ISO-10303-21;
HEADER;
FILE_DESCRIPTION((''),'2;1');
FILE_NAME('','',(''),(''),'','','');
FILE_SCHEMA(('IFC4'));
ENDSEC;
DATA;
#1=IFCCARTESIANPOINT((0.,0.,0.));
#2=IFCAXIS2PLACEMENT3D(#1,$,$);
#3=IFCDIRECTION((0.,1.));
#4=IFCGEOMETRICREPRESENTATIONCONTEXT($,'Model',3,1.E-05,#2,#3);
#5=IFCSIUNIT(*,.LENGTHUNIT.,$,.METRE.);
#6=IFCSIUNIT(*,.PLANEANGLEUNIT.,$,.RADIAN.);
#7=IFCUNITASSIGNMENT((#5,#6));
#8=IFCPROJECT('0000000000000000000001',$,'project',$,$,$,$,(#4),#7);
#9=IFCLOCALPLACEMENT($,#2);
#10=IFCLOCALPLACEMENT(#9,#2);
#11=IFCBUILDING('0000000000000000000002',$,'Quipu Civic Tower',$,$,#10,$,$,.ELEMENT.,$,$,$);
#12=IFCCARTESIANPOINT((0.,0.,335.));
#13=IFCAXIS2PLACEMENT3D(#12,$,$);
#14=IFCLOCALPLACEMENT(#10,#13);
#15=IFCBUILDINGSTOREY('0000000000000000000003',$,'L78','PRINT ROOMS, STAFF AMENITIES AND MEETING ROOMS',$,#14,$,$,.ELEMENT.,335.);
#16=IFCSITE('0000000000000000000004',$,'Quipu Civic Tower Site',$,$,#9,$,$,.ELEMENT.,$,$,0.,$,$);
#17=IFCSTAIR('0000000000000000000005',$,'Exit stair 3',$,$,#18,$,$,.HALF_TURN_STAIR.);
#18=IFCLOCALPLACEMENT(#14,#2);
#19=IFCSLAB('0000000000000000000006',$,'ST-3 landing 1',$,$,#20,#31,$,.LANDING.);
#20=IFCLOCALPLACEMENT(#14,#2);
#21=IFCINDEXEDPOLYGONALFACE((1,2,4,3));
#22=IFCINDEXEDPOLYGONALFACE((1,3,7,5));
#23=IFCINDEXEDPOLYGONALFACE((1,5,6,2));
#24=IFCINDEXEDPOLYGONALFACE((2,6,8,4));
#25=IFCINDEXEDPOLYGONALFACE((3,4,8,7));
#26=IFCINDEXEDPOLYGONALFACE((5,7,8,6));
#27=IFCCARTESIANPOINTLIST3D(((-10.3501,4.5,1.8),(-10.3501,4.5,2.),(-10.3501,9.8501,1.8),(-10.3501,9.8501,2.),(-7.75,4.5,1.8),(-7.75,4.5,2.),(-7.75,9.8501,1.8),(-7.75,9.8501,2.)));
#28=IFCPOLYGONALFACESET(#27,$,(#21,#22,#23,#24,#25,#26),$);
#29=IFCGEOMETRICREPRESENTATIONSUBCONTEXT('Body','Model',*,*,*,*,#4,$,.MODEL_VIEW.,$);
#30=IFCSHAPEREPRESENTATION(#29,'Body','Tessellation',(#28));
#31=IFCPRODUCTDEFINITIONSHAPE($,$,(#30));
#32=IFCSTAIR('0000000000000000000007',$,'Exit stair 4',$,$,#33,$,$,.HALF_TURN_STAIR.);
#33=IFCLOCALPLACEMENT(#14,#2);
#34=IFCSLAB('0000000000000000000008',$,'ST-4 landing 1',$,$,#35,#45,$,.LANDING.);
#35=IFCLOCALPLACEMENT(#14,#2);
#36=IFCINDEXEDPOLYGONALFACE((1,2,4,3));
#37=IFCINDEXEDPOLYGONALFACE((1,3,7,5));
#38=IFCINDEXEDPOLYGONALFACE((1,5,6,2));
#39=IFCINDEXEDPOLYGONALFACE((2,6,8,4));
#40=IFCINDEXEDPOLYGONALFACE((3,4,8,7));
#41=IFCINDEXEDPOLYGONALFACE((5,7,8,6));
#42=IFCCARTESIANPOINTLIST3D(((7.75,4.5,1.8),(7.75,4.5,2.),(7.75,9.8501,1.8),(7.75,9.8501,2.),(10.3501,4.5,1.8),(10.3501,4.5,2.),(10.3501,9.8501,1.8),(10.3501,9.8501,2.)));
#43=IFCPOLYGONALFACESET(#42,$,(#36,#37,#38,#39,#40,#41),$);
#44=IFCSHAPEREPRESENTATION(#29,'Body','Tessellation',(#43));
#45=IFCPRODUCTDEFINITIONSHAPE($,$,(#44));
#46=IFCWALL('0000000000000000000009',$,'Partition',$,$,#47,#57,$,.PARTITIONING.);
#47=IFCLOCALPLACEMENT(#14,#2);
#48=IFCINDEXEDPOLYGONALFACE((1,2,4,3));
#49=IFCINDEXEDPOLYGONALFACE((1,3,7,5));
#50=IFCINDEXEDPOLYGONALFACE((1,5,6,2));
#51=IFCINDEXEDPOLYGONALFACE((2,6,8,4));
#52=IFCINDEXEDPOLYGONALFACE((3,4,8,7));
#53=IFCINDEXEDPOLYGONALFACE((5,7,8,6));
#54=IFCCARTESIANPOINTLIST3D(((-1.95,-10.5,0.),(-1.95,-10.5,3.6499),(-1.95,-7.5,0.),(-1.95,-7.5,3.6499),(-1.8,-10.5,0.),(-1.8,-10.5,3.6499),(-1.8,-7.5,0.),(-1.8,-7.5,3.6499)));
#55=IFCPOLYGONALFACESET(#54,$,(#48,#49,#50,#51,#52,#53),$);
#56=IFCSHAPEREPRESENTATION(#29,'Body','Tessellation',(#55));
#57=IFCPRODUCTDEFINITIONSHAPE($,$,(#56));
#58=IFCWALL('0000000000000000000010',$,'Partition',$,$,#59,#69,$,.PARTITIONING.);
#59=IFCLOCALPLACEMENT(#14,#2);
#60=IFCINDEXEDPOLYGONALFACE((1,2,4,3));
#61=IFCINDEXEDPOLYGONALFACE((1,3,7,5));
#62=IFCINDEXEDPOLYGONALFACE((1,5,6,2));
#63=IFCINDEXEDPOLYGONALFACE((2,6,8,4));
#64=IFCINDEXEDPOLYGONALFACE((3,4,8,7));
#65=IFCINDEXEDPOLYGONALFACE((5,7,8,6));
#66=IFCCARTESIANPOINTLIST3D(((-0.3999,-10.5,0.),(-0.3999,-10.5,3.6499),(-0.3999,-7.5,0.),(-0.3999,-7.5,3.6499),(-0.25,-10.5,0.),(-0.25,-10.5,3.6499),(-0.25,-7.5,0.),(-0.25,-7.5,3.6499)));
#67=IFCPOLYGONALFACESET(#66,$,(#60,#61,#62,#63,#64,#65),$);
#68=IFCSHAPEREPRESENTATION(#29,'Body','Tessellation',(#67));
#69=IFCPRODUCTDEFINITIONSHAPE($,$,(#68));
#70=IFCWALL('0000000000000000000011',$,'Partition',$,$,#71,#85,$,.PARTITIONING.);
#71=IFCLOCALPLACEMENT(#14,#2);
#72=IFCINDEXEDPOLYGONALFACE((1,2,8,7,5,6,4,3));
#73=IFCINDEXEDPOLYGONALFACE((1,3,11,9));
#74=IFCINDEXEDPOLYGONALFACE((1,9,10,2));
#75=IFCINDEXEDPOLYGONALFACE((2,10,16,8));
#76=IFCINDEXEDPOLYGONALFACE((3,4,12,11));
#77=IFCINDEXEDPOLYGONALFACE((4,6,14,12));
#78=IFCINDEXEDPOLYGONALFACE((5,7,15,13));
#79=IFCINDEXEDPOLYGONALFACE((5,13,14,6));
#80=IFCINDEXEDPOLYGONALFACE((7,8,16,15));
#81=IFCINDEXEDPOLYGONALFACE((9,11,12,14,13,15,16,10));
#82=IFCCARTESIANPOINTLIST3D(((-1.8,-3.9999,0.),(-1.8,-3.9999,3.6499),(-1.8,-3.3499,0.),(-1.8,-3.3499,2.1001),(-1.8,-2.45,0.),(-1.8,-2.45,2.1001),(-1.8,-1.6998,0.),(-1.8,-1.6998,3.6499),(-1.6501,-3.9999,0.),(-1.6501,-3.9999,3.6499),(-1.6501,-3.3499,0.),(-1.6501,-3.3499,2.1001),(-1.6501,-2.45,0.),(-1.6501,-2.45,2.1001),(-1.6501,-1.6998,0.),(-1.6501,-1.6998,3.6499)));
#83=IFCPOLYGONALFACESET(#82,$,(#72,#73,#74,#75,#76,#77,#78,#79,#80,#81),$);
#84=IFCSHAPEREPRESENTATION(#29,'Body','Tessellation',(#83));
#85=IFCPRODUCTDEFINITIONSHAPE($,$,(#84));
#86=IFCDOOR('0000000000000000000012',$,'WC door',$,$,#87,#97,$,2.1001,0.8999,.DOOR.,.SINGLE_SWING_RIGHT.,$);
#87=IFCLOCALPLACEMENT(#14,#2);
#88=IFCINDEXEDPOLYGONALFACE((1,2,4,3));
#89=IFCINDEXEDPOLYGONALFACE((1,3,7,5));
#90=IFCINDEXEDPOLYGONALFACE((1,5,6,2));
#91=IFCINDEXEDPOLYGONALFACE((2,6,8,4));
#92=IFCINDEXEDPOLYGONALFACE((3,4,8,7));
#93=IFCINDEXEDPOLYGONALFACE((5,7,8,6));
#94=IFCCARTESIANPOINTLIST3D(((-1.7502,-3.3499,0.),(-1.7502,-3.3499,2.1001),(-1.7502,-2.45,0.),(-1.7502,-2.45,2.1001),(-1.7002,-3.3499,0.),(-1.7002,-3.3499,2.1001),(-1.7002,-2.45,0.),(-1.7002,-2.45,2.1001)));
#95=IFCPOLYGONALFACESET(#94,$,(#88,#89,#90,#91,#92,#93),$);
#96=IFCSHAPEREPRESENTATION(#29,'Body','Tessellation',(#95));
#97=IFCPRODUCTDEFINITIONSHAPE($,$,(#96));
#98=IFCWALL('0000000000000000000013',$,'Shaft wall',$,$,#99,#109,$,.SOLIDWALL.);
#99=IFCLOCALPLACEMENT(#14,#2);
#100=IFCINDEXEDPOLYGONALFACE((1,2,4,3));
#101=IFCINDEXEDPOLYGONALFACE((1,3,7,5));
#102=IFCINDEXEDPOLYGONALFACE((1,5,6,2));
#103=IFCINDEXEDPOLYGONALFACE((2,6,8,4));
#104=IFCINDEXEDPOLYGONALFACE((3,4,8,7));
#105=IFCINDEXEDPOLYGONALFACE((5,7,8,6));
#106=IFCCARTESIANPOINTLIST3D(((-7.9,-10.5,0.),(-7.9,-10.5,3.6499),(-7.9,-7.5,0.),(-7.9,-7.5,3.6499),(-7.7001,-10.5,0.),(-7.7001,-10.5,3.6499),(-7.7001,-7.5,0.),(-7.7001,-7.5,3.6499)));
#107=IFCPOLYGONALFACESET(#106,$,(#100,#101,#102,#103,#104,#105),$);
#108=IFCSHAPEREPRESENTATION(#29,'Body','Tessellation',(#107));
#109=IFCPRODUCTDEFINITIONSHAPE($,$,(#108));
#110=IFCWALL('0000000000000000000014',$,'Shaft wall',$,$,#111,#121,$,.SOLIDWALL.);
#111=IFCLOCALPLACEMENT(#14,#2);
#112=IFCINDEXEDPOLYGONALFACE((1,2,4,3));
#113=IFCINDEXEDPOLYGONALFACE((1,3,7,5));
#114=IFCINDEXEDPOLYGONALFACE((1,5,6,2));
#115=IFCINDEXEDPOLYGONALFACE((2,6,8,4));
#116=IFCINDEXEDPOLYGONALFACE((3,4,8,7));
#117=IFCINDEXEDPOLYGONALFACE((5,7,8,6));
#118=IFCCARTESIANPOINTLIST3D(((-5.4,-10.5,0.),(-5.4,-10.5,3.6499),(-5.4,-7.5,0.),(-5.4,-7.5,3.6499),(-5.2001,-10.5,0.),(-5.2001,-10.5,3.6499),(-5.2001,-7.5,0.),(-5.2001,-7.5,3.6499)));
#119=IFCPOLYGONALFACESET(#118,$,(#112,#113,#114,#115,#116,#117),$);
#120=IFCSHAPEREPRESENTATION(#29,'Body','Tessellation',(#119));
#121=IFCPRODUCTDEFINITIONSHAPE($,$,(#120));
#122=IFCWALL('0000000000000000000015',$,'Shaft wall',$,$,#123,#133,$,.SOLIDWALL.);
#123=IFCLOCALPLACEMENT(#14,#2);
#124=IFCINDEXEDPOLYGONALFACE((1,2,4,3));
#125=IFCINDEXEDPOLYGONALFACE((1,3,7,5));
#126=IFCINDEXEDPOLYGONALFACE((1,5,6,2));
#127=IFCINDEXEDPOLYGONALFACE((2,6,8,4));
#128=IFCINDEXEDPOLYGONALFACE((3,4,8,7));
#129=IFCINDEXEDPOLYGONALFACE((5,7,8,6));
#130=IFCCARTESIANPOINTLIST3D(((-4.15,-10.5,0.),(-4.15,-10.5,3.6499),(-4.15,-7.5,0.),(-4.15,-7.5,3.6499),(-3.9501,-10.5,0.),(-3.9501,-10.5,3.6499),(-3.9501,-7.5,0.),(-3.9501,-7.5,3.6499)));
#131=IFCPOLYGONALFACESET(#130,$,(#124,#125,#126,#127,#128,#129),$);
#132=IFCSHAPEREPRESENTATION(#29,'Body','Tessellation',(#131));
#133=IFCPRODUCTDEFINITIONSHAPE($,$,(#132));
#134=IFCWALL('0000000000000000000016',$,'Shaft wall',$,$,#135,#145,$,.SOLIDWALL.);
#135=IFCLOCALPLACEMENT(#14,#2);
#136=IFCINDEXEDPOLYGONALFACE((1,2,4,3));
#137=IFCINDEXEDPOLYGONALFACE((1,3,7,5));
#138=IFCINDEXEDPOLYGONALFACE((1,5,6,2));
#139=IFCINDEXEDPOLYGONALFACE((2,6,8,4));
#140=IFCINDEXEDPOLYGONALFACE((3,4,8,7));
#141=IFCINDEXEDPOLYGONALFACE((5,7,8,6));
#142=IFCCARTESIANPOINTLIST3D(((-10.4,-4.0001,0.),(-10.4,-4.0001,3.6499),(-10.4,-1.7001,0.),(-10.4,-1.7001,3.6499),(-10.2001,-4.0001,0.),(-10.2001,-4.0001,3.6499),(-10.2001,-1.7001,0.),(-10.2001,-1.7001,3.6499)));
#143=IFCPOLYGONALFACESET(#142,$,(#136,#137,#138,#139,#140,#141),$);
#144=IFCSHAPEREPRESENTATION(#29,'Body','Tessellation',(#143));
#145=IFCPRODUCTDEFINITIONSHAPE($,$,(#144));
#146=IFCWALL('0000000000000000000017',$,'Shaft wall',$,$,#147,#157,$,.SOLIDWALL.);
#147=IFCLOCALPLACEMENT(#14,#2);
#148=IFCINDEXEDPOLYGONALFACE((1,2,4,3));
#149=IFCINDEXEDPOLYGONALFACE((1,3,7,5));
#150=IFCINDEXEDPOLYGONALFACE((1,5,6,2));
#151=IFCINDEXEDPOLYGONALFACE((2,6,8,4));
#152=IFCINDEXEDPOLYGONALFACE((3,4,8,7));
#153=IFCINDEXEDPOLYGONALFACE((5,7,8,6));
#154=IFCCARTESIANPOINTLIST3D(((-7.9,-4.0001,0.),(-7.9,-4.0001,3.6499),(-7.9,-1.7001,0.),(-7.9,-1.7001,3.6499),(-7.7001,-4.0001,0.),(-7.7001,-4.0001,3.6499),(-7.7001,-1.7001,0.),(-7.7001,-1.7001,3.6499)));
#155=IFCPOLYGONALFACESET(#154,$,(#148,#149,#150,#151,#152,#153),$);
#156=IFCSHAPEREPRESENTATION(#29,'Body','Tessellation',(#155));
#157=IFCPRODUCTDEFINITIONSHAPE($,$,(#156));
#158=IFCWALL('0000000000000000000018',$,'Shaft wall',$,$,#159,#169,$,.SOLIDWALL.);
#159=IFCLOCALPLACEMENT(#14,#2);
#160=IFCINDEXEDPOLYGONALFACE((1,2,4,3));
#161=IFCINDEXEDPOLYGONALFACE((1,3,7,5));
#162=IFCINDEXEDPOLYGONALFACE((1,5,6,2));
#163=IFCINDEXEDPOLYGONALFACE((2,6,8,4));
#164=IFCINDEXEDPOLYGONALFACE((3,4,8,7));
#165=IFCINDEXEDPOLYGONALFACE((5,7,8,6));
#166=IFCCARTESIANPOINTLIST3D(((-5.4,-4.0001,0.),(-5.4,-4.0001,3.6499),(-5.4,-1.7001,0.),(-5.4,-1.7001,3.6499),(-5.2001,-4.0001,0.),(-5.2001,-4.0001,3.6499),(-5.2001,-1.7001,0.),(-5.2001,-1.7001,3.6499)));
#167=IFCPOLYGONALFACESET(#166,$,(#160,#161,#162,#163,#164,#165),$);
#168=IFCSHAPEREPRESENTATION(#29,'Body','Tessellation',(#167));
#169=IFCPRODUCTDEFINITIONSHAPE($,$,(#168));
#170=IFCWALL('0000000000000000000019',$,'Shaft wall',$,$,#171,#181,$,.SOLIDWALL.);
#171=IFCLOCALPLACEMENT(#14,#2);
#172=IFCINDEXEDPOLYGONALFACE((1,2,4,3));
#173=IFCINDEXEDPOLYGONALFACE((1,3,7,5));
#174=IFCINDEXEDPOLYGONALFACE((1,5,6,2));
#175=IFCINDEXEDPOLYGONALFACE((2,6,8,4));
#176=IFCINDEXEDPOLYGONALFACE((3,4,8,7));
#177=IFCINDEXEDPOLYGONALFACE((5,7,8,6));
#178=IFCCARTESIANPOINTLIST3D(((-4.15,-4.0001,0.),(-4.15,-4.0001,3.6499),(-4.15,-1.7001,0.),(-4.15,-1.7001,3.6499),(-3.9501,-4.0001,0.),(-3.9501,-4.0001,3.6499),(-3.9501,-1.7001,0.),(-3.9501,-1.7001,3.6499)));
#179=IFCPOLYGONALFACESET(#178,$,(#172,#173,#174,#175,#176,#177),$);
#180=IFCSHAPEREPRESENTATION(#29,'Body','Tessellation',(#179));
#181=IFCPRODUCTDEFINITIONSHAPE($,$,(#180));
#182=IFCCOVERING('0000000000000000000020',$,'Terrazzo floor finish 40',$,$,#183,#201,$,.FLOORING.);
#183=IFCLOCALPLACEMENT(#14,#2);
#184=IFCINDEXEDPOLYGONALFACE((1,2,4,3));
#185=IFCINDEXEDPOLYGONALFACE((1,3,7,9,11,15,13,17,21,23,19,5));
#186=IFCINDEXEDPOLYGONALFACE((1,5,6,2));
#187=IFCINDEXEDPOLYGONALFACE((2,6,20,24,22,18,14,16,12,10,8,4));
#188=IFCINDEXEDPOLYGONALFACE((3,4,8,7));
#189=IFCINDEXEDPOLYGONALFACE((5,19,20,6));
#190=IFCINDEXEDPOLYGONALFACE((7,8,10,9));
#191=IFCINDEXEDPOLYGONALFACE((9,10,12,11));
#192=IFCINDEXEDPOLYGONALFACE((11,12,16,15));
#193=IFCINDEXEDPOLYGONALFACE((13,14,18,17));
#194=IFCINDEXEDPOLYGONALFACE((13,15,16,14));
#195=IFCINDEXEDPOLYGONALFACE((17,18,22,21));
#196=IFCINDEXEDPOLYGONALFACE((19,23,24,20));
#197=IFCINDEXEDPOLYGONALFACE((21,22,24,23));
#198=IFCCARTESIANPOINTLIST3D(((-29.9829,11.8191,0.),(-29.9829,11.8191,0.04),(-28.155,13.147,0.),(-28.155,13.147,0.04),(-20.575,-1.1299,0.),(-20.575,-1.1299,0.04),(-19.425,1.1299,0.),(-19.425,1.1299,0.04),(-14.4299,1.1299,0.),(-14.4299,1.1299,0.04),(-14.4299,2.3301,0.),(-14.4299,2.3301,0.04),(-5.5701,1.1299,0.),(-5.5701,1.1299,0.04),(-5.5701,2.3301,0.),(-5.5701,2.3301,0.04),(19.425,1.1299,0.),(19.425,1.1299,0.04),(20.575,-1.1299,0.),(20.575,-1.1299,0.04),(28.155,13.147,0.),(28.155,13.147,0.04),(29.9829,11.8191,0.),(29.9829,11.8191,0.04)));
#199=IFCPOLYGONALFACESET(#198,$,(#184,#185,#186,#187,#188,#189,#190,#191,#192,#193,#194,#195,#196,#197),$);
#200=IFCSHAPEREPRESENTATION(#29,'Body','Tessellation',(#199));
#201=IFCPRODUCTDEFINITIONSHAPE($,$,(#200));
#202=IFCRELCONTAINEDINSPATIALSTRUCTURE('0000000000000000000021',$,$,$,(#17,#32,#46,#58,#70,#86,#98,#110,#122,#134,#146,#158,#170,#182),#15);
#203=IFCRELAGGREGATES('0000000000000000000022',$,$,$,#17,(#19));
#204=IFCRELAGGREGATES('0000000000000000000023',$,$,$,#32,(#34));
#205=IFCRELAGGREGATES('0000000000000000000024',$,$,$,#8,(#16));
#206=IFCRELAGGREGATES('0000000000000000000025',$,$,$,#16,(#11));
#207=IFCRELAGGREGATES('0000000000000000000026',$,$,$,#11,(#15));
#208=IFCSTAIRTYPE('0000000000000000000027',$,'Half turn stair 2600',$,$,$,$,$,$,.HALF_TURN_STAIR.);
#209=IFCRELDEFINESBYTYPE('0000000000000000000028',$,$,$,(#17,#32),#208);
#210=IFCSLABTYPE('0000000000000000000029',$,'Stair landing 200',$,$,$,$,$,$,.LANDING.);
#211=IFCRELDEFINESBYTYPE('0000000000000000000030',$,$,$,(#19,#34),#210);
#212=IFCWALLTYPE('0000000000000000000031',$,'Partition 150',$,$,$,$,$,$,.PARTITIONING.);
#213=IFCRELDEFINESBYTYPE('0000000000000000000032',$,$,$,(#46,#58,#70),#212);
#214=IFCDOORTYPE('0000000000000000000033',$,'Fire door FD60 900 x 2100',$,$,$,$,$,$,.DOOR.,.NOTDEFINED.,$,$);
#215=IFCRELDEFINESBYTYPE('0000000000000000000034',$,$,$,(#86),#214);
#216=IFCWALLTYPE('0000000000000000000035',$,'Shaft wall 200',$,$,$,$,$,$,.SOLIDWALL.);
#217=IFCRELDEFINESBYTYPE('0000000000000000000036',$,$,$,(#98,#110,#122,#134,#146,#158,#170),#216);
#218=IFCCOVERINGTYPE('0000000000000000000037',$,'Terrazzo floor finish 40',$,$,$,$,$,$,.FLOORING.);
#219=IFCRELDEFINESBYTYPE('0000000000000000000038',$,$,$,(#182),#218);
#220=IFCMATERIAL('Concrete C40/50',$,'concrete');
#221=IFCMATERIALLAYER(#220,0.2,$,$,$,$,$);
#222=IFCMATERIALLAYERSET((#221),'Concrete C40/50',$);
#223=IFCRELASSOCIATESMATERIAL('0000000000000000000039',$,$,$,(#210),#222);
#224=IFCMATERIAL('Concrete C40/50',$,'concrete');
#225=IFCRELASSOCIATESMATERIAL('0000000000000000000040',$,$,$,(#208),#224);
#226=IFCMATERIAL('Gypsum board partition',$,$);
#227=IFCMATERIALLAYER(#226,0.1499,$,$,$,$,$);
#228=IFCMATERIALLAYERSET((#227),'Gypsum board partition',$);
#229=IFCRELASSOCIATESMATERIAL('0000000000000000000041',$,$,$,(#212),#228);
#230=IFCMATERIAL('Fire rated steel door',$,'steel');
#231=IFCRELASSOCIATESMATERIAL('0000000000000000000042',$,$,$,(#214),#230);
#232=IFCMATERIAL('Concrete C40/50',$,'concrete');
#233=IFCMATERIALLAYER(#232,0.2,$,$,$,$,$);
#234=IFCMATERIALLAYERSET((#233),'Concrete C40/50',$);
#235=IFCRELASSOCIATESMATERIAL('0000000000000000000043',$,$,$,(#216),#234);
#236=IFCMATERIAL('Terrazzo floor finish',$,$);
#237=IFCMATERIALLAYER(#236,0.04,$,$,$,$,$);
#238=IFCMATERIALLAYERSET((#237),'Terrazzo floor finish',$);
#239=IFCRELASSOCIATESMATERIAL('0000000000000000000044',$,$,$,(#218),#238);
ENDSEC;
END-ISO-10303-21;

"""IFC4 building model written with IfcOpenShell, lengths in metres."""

from ifc_helpers import new_model, si_unit, direction, frame, frame_2d, origin, place, context, subcontext, project, spatial, polyline, rectangle, outline, extrude, material, layer, layer_set, type_object, element, fill, aggregate, save


model = new_model("IFC4")

# Units and contexts
model_context = context("Model", 3, precision=1e-05, world=origin(), true_north=direction((0.0, 1.0)))
body_context = subcontext(model_context, "Body", "Model", "MODEL_VIEW")
ifc_project = project(units=[si_unit("LENGTHUNIT", "METRE"), si_unit("PLANEANGLEUNIT", "RADIAN")], contexts=[model_context])

# Site, building, storey
site_placement = place(None, origin())
site = spatial("IfcSite", under=ifc_project, at=site_placement, Name="Quipu Civic Tower Site", CompositionType="ELEMENT", RefElevation=0.0)
building_placement = place(site_placement, origin())
building = spatial("IfcBuilding", under=site, at=building_placement, Name="Quipu Civic Tower", CompositionType="ELEMENT")
storey_placement = place(building_placement, frame((0.0, 0.0, 335.0)))
storey = spatial("IfcBuildingStorey", under=building, at=storey_placement, Name="L78", Description="PRINT ROOMS, STAFF AMENITIES AND MEETING ROOMS", CompositionType="ELEMENT", Elevation=335.0)

# Stairs, slabs
ifc_material_1 = material(Name="Concrete C40/50", Category="concrete")
ifc_layer_1 = layer(ifc_material_1, 0.2)
ifc_layer_set_1 = layer_set([ifc_layer_1], Name="Concrete C40/50")
slab_type_1 = type_object("IfcSlabType", Name="Stair landing 200", PredefinedType="LANDING", material=ifc_layer_set_1)
ifc_material_2 = material(Name="Concrete C40/50", Category="concrete")
stair_type_1 = type_object("IfcStairType", Name="Half turn stair 2600", PredefinedType="HALF_TURN_STAIR", material=ifc_material_2)
stair_1_placement = place(storey_placement, origin())
stair_1 = element("IfcStair", 1, at=stair_1_placement, inside=storey, type_object=stair_type_1, Name="Exit stair 3", PredefinedType="HALF_TURN_STAIR")
slab_1_placement = place(storey_placement, frame((0.0, 0.0, 1.8)))
slab_1 = element("IfcSlab", 2, at=slab_1_placement, type_object=slab_type_1, Name="ST-3 landing 1", PredefinedType="LANDING", context=body_context, shape_type="SweptSolid", body=[
    extrude(outline(polyline([(-10.3501, 4.5), (-7.75, 4.5), (-7.75, 9.8501), (-10.3501, 9.8501), (-10.3501, 4.5)])), origin(), (0.0, 0.0, 1.0), 0.2),
])
aggregate(stair_1, [slab_1])
stair_2_placement = place(storey_placement, origin())
stair_2 = element("IfcStair", 3, at=stair_2_placement, inside=storey, type_object=stair_type_1, Name="Exit stair 4", PredefinedType="HALF_TURN_STAIR")
slab_2_placement = place(storey_placement, frame((0.0, 0.0, 1.8)))
slab_2 = element("IfcSlab", 4, at=slab_2_placement, type_object=slab_type_1, Name="ST-4 landing 1", PredefinedType="LANDING", context=body_context, shape_type="SweptSolid", body=[
    extrude(outline(polyline([(10.3501, 9.8501), (7.75, 9.8501), (7.75, 4.5), (10.3501, 4.5), (10.3501, 9.8501)])), origin(), (0.0, 0.0, 1.0), 0.2),
])
aggregate(stair_2, [slab_2])

# Walls
ifc_material_3 = material(Name="Gypsum board partition")
ifc_layer_2 = layer(ifc_material_3, 0.1499)
ifc_layer_set_2 = layer_set([ifc_layer_2], Name="Gypsum board partition")
wall_type_1 = type_object("IfcWallType", Name="Partition 150", PredefinedType="PARTITIONING", material=ifc_layer_set_2)
for number, where, z_axis, x_axis, name in (
    (5, (-1.875, -10.5, 0.0), (0.0, 0.0, 1.0), (0.0, 1.0, 0.0), "Partition"),
    (6, (-0.325, -10.5, 0.0), (0.0, 0.0, 1.0), (0.0, 1.0, 0.0), "Partition"),
):
    element("IfcWall", number, at=place(storey_placement, frame(where, z_axis=z_axis, x_axis=x_axis)), inside=storey, type_object=wall_type_1, Name=name, PredefinedType="PARTITIONING", context=body_context, shape_type="SweptSolid", body=[
        extrude(rectangle(XDim=3.0, YDim=0.1499, at=frame_2d((1.5, 0.0))), origin(), (0.0, 0.0, 1.0), 3.6499),
    ])

# Wall, opening, door
wall_placement = place(storey_placement, frame((-1.7251, -1.7, 0.0), z_axis=(0.0, 0.0, 1.0), x_axis=(0.0, -1.0, 0.0)))
wall = element("IfcWall", 7, at=wall_placement, inside=storey, type_object=wall_type_1, Name="Partition", PredefinedType="PARTITIONING", context=body_context, shape_type="SweptSolid", body=[
    extrude(rectangle(XDim=2.3, YDim=0.1499, at=frame_2d((1.1499, 0.0))), origin(), (0.0, 0.0, 1.0), 3.6499),
])
opening_placement = place(wall_placement, frame((0.75, 0.0, 0.0)))
opening = element("IfcOpeningElement", 8, at=opening_placement, cuts=wall, PredefinedType="OPENING", context=body_context, shape_type="SweptSolid", body=[
    extrude(rectangle(XDim=0.8999, YDim=2.1001, at=frame_2d((0.45, 1.05))), frame((0.0, 0.085, 0.0), z_axis=(0.0, -1.0, 0.0), x_axis=(1.0, 0.0, 0.0)), (0.0, 0.0, 1.0), 0.1699),
])
ifc_material_4 = material(Name="Fire rated steel door", Category="steel")
door_type = type_object("IfcDoorType", Name="Fire door FD60 900 x 2100", OperationType="NOTDEFINED", PredefinedType="DOOR", material=ifc_material_4)
door_placement = place(opening_placement, origin())
door = element("IfcDoor", 9, at=door_placement, inside=storey, type_object=door_type, Name="WC door", OperationType="SINGLE_SWING_RIGHT", OverallHeight=2.1001, OverallWidth=0.8999, PredefinedType="DOOR", context=body_context, shape_type="SweptSolid", body=[
    extrude(rectangle(XDim=0.8999, YDim=2.1001, at=frame_2d((0.45, 1.05))), frame((0.0, 0.0249, 0.0), z_axis=(0.0, -1.0, 0.0), x_axis=(1.0, 0.0, 0.0)), (0.0, 0.0, 1.0), 0.05),
])
fill(opening, door)

# Walls
ifc_material_5 = material(Name="Concrete C40/50", Category="concrete")
ifc_layer_3 = layer(ifc_material_5, 0.2)
ifc_layer_set_3 = layer_set([ifc_layer_3], Name="Concrete C40/50")
wall_type_2 = type_object("IfcWallType", Name="Shaft wall 200", PredefinedType="SOLIDWALL", material=ifc_layer_set_3)
for number, where, z_axis, x_axis, name in (
    (10, (-7.8, -10.5, 0.0), (0.0, 0.0, 1.0), (0.0, 1.0, 0.0), "Shaft wall"),
    (11, (-5.3, -10.5, 0.0), (0.0, 0.0, 1.0), (0.0, 1.0, 0.0), "Shaft wall"),
    (12, (-4.05, -10.5, 0.0), (0.0, 0.0, 1.0), (0.0, 1.0, 0.0), "Shaft wall"),
):
    element("IfcWall", number, at=place(storey_placement, frame(where, z_axis=z_axis, x_axis=x_axis)), inside=storey, type_object=wall_type_2, Name=name, PredefinedType="SOLIDWALL", context=body_context, shape_type="SweptSolid", body=[
        extrude(rectangle(XDim=3.0, YDim=0.2, at=frame_2d((1.5, 0.0))), origin(), (0.0, 0.0, 1.0), 3.6499),
    ])
for number, where, z_axis, x_axis, name in (
    (13, (-10.3, -4.0, 0.0), (0.0, 0.0, 1.0), (0.0, 1.0, 0.0), "Shaft wall"),
    (14, (-7.8, -4.0, 0.0), (0.0, 0.0, 1.0), (0.0, 1.0, 0.0), "Shaft wall"),
    (15, (-5.3, -4.0, 0.0), (0.0, 0.0, 1.0), (0.0, 1.0, 0.0), "Shaft wall"),
    (16, (-4.05, -4.0, 0.0), (0.0, 0.0, 1.0), (0.0, 1.0, 0.0), "Shaft wall"),
):
    element("IfcWall", number, at=place(storey_placement, frame(where, z_axis=z_axis, x_axis=x_axis)), inside=storey, type_object=wall_type_2, Name=name, PredefinedType="SOLIDWALL", context=body_context, shape_type="SweptSolid", body=[
        extrude(rectangle(XDim=2.3, YDim=0.2, at=frame_2d((1.1499, 0.0))), origin(), (0.0, 0.0, 1.0), 3.6499),
    ])

# Covering
ifc_material_6 = material(Name="Terrazzo floor finish")
ifc_layer_4 = layer(ifc_material_6, 0.04)
ifc_layer_set_4 = layer_set([ifc_layer_4], Name="Terrazzo floor finish")
covering_type = type_object("IfcCoveringType", Name="Terrazzo floor finish 40", PredefinedType="FLOORING", material=ifc_layer_set_4)
covering_placement = place(storey_placement, origin())
element("IfcCovering", 17, at=covering_placement, inside=storey, type_object=covering_type, Name="Terrazzo floor finish 40", PredefinedType="FLOORING", context=body_context, shape_type="SweptSolid", body=[
    extrude(outline(polyline([(19.425, 1.1299), (28.155, 13.147), (29.9829, 11.8191), (20.575, -1.1299), (-20.575, -1.1299), (-29.9829, 11.8191), (-28.155, 13.147), (-19.425, 1.1299), (-14.4299, 1.1299), (-14.4299, 2.3301), (-5.5701, 2.3301), (-5.5701, 1.1299), (19.425, 1.1299)])), origin(), (0.0, 0.0, 1.0), 0.04),
])

save(model, "model.ifc")
